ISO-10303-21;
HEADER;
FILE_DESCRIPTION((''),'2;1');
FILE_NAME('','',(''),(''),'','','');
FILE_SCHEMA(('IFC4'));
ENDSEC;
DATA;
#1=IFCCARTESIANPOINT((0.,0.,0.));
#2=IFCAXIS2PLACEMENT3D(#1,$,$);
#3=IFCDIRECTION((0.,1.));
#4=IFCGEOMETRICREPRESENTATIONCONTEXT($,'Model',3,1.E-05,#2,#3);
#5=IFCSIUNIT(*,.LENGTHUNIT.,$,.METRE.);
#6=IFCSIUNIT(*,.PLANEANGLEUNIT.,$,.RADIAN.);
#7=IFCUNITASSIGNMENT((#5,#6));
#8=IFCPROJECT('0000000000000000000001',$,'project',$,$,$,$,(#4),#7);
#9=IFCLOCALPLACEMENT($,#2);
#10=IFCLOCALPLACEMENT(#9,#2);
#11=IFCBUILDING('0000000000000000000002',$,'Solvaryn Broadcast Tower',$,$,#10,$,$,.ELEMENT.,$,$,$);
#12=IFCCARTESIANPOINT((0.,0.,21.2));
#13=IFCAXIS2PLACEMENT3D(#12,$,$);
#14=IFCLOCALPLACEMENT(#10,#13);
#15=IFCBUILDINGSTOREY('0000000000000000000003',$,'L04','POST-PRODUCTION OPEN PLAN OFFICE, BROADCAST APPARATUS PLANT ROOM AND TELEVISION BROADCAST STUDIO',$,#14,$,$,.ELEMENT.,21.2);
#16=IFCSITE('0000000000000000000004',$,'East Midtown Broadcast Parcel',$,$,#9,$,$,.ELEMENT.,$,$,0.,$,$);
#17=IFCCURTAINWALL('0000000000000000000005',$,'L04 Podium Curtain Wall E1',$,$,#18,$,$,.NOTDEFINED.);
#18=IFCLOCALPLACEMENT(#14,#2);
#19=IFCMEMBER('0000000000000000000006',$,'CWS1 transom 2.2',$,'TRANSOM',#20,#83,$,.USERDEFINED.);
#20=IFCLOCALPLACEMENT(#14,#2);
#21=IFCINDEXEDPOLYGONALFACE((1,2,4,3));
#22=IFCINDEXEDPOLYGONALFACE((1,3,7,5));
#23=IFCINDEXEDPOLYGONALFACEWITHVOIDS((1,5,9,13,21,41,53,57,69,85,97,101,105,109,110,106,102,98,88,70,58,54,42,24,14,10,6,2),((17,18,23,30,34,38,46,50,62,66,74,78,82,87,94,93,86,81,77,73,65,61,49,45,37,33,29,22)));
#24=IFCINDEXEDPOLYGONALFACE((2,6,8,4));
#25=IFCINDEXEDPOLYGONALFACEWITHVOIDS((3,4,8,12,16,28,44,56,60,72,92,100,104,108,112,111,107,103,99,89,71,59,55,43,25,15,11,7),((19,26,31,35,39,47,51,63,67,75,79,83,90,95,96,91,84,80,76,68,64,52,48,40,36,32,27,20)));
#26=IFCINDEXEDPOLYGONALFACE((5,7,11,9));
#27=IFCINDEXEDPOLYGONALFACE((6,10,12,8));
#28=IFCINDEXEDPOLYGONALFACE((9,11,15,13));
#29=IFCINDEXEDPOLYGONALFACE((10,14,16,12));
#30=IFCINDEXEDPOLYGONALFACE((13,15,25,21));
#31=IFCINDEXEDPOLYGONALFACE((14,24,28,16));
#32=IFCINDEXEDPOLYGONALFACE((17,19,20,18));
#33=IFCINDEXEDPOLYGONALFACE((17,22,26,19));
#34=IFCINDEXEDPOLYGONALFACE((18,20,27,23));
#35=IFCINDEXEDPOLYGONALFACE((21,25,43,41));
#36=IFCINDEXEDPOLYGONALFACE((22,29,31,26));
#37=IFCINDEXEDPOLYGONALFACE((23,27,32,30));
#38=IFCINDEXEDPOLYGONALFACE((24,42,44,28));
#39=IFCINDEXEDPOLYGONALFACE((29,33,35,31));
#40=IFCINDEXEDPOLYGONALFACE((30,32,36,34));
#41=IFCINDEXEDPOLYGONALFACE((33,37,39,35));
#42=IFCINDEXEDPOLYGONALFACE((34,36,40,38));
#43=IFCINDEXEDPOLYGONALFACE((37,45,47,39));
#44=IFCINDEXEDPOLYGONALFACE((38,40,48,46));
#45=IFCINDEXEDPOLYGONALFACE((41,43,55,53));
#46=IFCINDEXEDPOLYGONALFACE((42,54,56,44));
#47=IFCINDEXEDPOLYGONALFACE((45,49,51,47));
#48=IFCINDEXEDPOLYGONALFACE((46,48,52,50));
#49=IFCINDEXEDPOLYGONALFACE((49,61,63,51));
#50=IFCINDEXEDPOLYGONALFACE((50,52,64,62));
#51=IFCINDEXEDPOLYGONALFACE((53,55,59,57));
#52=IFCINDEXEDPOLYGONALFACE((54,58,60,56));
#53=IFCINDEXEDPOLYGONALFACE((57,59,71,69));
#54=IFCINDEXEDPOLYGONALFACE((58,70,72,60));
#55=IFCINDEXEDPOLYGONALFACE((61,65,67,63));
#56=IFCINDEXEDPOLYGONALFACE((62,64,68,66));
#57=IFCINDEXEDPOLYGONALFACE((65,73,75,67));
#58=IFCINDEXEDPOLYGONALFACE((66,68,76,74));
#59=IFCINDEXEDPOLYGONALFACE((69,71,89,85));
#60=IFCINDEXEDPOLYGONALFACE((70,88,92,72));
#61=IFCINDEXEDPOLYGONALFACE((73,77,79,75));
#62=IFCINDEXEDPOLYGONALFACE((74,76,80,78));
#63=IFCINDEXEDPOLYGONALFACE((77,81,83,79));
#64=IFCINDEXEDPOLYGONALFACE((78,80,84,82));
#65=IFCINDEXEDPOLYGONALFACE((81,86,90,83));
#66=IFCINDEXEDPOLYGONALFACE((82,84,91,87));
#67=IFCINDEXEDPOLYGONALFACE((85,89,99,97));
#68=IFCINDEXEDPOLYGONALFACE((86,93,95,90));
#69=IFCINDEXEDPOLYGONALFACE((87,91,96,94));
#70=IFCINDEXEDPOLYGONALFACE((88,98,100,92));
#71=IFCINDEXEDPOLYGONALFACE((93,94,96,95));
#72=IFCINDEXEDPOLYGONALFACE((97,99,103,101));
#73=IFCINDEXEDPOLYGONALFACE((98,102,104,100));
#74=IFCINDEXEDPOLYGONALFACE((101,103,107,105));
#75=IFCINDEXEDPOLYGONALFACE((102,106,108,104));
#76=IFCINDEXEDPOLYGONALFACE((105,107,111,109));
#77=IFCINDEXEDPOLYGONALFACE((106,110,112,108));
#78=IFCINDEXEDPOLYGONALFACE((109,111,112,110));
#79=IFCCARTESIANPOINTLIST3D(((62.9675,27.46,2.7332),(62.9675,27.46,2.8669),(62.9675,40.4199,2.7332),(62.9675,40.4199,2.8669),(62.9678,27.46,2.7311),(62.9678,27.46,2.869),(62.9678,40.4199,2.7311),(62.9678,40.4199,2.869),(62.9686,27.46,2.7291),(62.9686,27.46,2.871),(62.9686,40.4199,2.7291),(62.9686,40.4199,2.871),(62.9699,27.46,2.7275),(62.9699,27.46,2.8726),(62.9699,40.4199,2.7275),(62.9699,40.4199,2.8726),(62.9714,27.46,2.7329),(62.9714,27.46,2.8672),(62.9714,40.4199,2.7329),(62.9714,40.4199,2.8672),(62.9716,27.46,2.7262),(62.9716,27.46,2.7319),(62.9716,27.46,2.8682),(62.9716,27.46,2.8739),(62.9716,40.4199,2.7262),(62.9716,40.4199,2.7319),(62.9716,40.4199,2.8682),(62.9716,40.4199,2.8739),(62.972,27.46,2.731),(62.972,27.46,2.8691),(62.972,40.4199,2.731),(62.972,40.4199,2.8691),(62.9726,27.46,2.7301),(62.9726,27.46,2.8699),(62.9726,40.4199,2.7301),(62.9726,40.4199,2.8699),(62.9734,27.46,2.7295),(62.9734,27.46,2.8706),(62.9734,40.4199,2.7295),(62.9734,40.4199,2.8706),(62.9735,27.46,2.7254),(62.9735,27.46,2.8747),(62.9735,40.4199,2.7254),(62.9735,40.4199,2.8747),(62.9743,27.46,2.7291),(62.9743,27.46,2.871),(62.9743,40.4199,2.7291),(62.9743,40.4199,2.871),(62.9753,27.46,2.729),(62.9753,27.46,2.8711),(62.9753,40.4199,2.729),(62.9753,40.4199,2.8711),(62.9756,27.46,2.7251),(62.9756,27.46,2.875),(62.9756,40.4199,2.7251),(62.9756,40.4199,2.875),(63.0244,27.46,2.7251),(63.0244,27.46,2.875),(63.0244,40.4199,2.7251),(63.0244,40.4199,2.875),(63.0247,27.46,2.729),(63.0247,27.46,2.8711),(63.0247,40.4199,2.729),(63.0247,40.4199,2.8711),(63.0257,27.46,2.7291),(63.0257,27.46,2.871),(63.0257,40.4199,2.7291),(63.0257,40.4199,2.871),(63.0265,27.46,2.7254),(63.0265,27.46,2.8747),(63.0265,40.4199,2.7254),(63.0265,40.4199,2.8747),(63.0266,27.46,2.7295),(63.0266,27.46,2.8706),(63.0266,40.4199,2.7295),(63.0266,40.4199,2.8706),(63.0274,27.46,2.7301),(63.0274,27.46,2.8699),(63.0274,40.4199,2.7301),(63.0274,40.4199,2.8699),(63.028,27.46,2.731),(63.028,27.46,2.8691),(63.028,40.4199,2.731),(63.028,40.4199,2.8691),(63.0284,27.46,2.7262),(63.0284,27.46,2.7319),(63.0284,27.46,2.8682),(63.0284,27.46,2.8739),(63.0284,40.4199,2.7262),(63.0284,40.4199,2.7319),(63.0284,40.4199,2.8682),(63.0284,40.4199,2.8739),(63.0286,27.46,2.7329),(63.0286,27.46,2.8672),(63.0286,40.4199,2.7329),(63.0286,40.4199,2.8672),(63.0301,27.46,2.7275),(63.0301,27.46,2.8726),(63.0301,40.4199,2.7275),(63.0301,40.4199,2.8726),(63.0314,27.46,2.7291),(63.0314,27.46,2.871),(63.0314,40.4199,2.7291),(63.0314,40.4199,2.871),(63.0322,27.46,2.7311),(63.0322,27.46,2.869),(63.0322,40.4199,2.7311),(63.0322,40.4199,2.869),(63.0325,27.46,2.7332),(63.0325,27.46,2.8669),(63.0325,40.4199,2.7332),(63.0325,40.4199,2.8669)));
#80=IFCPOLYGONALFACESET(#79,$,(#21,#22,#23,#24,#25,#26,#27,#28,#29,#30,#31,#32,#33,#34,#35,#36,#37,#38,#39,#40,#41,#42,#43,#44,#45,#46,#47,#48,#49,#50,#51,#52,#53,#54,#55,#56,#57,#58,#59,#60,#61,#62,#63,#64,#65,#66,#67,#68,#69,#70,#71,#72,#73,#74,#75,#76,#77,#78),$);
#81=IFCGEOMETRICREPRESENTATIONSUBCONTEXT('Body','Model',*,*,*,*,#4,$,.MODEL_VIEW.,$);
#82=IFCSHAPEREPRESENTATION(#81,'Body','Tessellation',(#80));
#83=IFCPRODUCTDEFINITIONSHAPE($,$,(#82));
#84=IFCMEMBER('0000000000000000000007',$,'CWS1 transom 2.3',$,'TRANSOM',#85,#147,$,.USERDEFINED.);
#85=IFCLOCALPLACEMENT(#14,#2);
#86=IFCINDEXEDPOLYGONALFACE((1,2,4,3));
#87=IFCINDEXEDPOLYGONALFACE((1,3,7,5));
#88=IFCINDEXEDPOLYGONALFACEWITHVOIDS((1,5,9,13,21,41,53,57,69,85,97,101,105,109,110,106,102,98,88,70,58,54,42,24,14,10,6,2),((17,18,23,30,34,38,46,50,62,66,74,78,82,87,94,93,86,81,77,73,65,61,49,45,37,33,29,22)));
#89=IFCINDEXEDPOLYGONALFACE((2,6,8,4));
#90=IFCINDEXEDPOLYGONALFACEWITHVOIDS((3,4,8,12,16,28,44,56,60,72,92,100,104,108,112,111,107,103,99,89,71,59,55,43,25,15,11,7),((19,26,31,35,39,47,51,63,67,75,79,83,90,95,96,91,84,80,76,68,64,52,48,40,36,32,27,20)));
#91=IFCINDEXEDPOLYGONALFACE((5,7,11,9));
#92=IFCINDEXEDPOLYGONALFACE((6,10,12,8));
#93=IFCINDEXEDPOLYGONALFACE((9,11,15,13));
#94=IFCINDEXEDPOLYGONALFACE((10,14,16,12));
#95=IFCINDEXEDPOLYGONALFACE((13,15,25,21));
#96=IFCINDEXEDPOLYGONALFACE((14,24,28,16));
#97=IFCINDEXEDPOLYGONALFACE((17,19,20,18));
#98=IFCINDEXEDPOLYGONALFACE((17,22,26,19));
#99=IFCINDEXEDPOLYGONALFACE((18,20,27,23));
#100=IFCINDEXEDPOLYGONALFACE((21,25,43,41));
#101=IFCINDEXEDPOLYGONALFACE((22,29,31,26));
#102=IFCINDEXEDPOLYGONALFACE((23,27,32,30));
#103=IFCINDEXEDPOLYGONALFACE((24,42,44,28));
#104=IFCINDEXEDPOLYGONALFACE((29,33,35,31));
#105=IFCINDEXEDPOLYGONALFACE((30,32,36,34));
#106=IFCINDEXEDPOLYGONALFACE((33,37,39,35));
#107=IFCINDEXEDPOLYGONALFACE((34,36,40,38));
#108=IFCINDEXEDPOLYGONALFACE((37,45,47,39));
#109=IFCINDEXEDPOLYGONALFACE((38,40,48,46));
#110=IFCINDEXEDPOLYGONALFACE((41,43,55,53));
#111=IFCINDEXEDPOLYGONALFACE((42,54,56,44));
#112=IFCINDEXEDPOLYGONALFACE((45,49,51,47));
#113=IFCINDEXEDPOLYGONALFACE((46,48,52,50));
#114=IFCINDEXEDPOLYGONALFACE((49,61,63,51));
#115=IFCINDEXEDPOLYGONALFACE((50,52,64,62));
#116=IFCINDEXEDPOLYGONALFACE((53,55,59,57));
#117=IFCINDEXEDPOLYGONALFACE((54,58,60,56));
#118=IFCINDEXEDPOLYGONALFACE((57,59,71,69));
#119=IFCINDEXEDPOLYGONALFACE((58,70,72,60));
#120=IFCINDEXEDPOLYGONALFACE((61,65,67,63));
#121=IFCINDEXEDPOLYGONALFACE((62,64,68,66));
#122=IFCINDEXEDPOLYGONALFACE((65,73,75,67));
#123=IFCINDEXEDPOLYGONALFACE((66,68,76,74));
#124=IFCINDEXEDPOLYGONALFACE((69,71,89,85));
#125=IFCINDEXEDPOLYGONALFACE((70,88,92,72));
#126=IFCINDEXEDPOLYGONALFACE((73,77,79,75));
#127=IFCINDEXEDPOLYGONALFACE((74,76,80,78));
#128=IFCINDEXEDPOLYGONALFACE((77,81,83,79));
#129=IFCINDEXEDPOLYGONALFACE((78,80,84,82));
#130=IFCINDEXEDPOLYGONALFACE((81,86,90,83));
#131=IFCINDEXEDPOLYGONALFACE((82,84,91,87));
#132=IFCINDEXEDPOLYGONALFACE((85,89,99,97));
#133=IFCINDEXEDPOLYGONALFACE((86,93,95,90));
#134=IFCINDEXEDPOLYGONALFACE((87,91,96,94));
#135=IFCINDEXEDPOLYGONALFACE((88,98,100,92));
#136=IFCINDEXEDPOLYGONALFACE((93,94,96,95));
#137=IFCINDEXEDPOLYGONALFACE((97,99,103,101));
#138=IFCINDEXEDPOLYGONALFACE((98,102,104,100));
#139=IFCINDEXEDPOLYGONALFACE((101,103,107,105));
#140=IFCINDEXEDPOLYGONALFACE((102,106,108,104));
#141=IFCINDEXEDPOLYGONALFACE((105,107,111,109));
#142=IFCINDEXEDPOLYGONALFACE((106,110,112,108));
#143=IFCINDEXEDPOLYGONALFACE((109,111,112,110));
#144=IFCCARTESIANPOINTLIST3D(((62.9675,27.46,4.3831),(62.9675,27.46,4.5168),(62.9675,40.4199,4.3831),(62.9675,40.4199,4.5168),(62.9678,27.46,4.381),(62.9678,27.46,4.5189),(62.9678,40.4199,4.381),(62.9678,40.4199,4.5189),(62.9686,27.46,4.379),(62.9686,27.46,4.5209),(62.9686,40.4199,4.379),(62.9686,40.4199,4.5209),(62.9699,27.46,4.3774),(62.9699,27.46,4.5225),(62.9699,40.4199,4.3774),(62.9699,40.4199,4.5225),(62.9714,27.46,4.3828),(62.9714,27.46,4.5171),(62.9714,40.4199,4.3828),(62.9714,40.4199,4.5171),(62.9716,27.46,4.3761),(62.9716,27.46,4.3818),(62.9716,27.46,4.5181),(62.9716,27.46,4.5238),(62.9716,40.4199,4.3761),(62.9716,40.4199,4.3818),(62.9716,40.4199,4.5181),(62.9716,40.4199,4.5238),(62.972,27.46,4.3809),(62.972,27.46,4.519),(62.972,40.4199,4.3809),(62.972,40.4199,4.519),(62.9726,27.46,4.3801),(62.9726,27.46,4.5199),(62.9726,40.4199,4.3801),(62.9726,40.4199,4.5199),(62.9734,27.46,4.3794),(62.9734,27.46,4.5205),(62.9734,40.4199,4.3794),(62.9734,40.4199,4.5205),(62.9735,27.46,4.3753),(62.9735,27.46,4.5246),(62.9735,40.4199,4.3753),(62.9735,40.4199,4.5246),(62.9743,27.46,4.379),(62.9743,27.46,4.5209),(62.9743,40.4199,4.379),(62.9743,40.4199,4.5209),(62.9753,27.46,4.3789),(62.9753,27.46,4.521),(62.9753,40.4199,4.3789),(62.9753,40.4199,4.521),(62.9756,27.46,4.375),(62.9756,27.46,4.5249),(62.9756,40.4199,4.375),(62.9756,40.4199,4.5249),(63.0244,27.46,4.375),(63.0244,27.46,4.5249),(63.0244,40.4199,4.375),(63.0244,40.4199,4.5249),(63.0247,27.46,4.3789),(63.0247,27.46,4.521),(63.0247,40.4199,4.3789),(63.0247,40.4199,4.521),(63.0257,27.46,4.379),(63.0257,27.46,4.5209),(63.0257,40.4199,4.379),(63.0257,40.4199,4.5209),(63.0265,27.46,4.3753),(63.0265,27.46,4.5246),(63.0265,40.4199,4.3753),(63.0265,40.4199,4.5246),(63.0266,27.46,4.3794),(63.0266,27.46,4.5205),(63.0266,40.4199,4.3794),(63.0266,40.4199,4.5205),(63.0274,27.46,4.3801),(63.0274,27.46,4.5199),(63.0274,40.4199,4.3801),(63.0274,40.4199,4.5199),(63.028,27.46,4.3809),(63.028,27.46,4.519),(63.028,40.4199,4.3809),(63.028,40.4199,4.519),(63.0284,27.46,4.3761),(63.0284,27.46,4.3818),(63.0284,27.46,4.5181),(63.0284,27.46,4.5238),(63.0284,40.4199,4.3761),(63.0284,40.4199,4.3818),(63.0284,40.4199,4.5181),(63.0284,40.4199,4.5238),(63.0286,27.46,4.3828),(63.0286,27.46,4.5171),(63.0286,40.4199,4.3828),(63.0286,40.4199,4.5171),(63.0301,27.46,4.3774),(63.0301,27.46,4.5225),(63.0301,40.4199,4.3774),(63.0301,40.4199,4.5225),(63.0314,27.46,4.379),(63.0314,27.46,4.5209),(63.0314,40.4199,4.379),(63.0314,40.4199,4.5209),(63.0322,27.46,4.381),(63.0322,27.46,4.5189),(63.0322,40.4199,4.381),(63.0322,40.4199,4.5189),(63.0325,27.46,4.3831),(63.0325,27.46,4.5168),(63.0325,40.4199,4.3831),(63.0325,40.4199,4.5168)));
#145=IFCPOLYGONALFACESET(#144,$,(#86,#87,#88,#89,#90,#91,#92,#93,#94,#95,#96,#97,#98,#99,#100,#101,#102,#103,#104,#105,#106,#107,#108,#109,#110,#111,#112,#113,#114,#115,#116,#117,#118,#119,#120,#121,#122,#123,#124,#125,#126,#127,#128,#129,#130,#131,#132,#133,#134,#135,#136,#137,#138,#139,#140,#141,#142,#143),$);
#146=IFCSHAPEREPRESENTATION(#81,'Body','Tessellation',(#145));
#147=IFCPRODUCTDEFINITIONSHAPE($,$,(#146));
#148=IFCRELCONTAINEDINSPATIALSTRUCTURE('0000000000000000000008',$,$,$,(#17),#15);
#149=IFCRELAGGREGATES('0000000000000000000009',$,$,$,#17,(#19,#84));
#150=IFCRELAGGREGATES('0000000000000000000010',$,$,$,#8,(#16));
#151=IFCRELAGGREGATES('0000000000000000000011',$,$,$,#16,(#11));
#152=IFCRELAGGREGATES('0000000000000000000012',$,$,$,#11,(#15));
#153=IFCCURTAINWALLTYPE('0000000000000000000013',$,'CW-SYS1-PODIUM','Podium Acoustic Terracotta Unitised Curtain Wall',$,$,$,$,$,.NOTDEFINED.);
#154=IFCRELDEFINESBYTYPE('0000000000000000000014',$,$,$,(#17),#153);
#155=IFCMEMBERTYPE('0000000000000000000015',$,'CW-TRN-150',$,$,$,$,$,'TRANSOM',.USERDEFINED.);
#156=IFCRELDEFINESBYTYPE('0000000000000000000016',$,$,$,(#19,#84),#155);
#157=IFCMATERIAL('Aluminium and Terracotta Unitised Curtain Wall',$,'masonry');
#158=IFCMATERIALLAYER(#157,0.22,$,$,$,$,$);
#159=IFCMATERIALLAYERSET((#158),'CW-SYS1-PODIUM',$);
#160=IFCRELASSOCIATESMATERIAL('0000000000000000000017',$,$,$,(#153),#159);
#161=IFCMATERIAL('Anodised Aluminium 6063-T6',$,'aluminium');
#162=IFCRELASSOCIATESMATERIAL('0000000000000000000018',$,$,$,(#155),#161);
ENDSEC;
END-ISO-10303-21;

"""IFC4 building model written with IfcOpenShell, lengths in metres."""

from ifc_helpers import new_model, si_unit, direction, frame, origin, origin_2d, place, context, subcontext, project, spatial, hollow_rectangle, extrude, material, layer, layer_set, material_profile, profile_set, type_object, element, aggregate, save


model = new_model("IFC4")

# Units and contexts
model_context = context("Model", 3, precision=1e-05, world=origin(), true_north=direction((0.0, 1.0)))
body_context = subcontext(model_context, "Body", "Model", "MODEL_VIEW")
ifc_project = project(units=[si_unit("LENGTHUNIT", "METRE"), si_unit("PLANEANGLEUNIT", "RADIAN")], contexts=[model_context])

# Site, building, storey
site_placement = place(None, origin())
site = spatial("IfcSite", under=ifc_project, at=site_placement, Name="East Midtown Broadcast Parcel", CompositionType="ELEMENT", RefElevation=0.0)
building_placement = place(site_placement, origin())
building = spatial("IfcBuilding", under=site, at=building_placement, Name="Solvaryn Broadcast Tower", CompositionType="ELEMENT")
storey_placement = place(building_placement, frame((0.0, 0.0, 21.2)))
storey = spatial("IfcBuildingStorey", under=building, at=storey_placement, Name="L04", Description="POST-PRODUCTION OPEN PLAN OFFICE, BROADCAST APPARATUS PLANT ROOM AND TELEVISION BROADCAST STUDIO", CompositionType="ELEMENT", Elevation=21.2)

# Curtain wall
ifc_material_1 = material(Name="Aluminium and Terracotta Unitised Curtain Wall", Category="masonry")
ifc_layer_1 = layer(ifc_material_1, 0.22)
ifc_layer_set_1 = layer_set([ifc_layer_1], Name="CW-SYS1-PODIUM")
curtain_wall_type = type_object("IfcCurtainWallType", Name="CW-SYS1-PODIUM", Description="Podium Acoustic Terracotta Unitised Curtain Wall", PredefinedType="NOTDEFINED", material=ifc_layer_set_1)
curtain_wall_1_placement = place(storey_placement, origin())
curtain_wall_1 = element("IfcCurtainWall", 1, at=curtain_wall_1_placement, inside=storey, type_object=curtain_wall_type, Name="L04 Podium Curtain Wall E1", PredefinedType="NOTDEFINED")

# Members
ifc_material_2 = material(Name="Anodised Aluminium 6063-T6", Category="aluminium")
ifc_material_profile_1 = material_profile(ifc_material_2, hollow_rectangle(XDim=0.0649, YDim=0.1499, WallThickness=0.0039, InnerFilletRadius=0.0039, OuterFilletRadius=0.0081, at=origin_2d()))
ifc_profile_set_1 = profile_set([ifc_material_profile_1], Name="Anodised Aluminium 6063-T6")
member_type_1 = type_object("IfcMemberType", Name="CW-TRN-150", ElementType="TRANSOM", PredefinedType="USERDEFINED", material=ifc_profile_set_1)
member_1_placement = place(storey_placement, frame((63.0, 40.4199, 2.8), z_axis=(0.0, -1.0, 0.0), x_axis=(1.0, 0.0, 0.0)))
member_1 = element("IfcMember", 2, at=member_1_placement, type_object=member_type_1, Name="CWS1 transom 2.2", ObjectType="TRANSOM", PredefinedType="USERDEFINED", context=body_context, shape_type="SweptSolid", body=[
    extrude(hollow_rectangle(XDim=0.0649, YDim=0.1499, WallThickness=0.0039, InnerFilletRadius=0.0039, OuterFilletRadius=0.0081, at=origin_2d()), origin(), (0.0, 0.0, 1.0), 12.96),
])
member_2_placement = place(storey_placement, frame((63.0, 40.4199, 4.45), z_axis=(0.0, -1.0, 0.0), x_axis=(1.0, 0.0, 0.0)))
member_2 = element("IfcMember", 3, at=member_2_placement, type_object=member_type_1, Name="CWS1 transom 2.3", ObjectType="TRANSOM", PredefinedType="USERDEFINED", context=body_context, shape_type="SweptSolid", body=[
    extrude(hollow_rectangle(XDim=0.0649, YDim=0.1499, WallThickness=0.0039, InnerFilletRadius=0.0039, OuterFilletRadius=0.0081, at=origin_2d()), origin(), (0.0, 0.0, 1.0), 12.96),
])

aggregate(curtain_wall_1, [member_1, member_2])

save(model, "model.ifc")
